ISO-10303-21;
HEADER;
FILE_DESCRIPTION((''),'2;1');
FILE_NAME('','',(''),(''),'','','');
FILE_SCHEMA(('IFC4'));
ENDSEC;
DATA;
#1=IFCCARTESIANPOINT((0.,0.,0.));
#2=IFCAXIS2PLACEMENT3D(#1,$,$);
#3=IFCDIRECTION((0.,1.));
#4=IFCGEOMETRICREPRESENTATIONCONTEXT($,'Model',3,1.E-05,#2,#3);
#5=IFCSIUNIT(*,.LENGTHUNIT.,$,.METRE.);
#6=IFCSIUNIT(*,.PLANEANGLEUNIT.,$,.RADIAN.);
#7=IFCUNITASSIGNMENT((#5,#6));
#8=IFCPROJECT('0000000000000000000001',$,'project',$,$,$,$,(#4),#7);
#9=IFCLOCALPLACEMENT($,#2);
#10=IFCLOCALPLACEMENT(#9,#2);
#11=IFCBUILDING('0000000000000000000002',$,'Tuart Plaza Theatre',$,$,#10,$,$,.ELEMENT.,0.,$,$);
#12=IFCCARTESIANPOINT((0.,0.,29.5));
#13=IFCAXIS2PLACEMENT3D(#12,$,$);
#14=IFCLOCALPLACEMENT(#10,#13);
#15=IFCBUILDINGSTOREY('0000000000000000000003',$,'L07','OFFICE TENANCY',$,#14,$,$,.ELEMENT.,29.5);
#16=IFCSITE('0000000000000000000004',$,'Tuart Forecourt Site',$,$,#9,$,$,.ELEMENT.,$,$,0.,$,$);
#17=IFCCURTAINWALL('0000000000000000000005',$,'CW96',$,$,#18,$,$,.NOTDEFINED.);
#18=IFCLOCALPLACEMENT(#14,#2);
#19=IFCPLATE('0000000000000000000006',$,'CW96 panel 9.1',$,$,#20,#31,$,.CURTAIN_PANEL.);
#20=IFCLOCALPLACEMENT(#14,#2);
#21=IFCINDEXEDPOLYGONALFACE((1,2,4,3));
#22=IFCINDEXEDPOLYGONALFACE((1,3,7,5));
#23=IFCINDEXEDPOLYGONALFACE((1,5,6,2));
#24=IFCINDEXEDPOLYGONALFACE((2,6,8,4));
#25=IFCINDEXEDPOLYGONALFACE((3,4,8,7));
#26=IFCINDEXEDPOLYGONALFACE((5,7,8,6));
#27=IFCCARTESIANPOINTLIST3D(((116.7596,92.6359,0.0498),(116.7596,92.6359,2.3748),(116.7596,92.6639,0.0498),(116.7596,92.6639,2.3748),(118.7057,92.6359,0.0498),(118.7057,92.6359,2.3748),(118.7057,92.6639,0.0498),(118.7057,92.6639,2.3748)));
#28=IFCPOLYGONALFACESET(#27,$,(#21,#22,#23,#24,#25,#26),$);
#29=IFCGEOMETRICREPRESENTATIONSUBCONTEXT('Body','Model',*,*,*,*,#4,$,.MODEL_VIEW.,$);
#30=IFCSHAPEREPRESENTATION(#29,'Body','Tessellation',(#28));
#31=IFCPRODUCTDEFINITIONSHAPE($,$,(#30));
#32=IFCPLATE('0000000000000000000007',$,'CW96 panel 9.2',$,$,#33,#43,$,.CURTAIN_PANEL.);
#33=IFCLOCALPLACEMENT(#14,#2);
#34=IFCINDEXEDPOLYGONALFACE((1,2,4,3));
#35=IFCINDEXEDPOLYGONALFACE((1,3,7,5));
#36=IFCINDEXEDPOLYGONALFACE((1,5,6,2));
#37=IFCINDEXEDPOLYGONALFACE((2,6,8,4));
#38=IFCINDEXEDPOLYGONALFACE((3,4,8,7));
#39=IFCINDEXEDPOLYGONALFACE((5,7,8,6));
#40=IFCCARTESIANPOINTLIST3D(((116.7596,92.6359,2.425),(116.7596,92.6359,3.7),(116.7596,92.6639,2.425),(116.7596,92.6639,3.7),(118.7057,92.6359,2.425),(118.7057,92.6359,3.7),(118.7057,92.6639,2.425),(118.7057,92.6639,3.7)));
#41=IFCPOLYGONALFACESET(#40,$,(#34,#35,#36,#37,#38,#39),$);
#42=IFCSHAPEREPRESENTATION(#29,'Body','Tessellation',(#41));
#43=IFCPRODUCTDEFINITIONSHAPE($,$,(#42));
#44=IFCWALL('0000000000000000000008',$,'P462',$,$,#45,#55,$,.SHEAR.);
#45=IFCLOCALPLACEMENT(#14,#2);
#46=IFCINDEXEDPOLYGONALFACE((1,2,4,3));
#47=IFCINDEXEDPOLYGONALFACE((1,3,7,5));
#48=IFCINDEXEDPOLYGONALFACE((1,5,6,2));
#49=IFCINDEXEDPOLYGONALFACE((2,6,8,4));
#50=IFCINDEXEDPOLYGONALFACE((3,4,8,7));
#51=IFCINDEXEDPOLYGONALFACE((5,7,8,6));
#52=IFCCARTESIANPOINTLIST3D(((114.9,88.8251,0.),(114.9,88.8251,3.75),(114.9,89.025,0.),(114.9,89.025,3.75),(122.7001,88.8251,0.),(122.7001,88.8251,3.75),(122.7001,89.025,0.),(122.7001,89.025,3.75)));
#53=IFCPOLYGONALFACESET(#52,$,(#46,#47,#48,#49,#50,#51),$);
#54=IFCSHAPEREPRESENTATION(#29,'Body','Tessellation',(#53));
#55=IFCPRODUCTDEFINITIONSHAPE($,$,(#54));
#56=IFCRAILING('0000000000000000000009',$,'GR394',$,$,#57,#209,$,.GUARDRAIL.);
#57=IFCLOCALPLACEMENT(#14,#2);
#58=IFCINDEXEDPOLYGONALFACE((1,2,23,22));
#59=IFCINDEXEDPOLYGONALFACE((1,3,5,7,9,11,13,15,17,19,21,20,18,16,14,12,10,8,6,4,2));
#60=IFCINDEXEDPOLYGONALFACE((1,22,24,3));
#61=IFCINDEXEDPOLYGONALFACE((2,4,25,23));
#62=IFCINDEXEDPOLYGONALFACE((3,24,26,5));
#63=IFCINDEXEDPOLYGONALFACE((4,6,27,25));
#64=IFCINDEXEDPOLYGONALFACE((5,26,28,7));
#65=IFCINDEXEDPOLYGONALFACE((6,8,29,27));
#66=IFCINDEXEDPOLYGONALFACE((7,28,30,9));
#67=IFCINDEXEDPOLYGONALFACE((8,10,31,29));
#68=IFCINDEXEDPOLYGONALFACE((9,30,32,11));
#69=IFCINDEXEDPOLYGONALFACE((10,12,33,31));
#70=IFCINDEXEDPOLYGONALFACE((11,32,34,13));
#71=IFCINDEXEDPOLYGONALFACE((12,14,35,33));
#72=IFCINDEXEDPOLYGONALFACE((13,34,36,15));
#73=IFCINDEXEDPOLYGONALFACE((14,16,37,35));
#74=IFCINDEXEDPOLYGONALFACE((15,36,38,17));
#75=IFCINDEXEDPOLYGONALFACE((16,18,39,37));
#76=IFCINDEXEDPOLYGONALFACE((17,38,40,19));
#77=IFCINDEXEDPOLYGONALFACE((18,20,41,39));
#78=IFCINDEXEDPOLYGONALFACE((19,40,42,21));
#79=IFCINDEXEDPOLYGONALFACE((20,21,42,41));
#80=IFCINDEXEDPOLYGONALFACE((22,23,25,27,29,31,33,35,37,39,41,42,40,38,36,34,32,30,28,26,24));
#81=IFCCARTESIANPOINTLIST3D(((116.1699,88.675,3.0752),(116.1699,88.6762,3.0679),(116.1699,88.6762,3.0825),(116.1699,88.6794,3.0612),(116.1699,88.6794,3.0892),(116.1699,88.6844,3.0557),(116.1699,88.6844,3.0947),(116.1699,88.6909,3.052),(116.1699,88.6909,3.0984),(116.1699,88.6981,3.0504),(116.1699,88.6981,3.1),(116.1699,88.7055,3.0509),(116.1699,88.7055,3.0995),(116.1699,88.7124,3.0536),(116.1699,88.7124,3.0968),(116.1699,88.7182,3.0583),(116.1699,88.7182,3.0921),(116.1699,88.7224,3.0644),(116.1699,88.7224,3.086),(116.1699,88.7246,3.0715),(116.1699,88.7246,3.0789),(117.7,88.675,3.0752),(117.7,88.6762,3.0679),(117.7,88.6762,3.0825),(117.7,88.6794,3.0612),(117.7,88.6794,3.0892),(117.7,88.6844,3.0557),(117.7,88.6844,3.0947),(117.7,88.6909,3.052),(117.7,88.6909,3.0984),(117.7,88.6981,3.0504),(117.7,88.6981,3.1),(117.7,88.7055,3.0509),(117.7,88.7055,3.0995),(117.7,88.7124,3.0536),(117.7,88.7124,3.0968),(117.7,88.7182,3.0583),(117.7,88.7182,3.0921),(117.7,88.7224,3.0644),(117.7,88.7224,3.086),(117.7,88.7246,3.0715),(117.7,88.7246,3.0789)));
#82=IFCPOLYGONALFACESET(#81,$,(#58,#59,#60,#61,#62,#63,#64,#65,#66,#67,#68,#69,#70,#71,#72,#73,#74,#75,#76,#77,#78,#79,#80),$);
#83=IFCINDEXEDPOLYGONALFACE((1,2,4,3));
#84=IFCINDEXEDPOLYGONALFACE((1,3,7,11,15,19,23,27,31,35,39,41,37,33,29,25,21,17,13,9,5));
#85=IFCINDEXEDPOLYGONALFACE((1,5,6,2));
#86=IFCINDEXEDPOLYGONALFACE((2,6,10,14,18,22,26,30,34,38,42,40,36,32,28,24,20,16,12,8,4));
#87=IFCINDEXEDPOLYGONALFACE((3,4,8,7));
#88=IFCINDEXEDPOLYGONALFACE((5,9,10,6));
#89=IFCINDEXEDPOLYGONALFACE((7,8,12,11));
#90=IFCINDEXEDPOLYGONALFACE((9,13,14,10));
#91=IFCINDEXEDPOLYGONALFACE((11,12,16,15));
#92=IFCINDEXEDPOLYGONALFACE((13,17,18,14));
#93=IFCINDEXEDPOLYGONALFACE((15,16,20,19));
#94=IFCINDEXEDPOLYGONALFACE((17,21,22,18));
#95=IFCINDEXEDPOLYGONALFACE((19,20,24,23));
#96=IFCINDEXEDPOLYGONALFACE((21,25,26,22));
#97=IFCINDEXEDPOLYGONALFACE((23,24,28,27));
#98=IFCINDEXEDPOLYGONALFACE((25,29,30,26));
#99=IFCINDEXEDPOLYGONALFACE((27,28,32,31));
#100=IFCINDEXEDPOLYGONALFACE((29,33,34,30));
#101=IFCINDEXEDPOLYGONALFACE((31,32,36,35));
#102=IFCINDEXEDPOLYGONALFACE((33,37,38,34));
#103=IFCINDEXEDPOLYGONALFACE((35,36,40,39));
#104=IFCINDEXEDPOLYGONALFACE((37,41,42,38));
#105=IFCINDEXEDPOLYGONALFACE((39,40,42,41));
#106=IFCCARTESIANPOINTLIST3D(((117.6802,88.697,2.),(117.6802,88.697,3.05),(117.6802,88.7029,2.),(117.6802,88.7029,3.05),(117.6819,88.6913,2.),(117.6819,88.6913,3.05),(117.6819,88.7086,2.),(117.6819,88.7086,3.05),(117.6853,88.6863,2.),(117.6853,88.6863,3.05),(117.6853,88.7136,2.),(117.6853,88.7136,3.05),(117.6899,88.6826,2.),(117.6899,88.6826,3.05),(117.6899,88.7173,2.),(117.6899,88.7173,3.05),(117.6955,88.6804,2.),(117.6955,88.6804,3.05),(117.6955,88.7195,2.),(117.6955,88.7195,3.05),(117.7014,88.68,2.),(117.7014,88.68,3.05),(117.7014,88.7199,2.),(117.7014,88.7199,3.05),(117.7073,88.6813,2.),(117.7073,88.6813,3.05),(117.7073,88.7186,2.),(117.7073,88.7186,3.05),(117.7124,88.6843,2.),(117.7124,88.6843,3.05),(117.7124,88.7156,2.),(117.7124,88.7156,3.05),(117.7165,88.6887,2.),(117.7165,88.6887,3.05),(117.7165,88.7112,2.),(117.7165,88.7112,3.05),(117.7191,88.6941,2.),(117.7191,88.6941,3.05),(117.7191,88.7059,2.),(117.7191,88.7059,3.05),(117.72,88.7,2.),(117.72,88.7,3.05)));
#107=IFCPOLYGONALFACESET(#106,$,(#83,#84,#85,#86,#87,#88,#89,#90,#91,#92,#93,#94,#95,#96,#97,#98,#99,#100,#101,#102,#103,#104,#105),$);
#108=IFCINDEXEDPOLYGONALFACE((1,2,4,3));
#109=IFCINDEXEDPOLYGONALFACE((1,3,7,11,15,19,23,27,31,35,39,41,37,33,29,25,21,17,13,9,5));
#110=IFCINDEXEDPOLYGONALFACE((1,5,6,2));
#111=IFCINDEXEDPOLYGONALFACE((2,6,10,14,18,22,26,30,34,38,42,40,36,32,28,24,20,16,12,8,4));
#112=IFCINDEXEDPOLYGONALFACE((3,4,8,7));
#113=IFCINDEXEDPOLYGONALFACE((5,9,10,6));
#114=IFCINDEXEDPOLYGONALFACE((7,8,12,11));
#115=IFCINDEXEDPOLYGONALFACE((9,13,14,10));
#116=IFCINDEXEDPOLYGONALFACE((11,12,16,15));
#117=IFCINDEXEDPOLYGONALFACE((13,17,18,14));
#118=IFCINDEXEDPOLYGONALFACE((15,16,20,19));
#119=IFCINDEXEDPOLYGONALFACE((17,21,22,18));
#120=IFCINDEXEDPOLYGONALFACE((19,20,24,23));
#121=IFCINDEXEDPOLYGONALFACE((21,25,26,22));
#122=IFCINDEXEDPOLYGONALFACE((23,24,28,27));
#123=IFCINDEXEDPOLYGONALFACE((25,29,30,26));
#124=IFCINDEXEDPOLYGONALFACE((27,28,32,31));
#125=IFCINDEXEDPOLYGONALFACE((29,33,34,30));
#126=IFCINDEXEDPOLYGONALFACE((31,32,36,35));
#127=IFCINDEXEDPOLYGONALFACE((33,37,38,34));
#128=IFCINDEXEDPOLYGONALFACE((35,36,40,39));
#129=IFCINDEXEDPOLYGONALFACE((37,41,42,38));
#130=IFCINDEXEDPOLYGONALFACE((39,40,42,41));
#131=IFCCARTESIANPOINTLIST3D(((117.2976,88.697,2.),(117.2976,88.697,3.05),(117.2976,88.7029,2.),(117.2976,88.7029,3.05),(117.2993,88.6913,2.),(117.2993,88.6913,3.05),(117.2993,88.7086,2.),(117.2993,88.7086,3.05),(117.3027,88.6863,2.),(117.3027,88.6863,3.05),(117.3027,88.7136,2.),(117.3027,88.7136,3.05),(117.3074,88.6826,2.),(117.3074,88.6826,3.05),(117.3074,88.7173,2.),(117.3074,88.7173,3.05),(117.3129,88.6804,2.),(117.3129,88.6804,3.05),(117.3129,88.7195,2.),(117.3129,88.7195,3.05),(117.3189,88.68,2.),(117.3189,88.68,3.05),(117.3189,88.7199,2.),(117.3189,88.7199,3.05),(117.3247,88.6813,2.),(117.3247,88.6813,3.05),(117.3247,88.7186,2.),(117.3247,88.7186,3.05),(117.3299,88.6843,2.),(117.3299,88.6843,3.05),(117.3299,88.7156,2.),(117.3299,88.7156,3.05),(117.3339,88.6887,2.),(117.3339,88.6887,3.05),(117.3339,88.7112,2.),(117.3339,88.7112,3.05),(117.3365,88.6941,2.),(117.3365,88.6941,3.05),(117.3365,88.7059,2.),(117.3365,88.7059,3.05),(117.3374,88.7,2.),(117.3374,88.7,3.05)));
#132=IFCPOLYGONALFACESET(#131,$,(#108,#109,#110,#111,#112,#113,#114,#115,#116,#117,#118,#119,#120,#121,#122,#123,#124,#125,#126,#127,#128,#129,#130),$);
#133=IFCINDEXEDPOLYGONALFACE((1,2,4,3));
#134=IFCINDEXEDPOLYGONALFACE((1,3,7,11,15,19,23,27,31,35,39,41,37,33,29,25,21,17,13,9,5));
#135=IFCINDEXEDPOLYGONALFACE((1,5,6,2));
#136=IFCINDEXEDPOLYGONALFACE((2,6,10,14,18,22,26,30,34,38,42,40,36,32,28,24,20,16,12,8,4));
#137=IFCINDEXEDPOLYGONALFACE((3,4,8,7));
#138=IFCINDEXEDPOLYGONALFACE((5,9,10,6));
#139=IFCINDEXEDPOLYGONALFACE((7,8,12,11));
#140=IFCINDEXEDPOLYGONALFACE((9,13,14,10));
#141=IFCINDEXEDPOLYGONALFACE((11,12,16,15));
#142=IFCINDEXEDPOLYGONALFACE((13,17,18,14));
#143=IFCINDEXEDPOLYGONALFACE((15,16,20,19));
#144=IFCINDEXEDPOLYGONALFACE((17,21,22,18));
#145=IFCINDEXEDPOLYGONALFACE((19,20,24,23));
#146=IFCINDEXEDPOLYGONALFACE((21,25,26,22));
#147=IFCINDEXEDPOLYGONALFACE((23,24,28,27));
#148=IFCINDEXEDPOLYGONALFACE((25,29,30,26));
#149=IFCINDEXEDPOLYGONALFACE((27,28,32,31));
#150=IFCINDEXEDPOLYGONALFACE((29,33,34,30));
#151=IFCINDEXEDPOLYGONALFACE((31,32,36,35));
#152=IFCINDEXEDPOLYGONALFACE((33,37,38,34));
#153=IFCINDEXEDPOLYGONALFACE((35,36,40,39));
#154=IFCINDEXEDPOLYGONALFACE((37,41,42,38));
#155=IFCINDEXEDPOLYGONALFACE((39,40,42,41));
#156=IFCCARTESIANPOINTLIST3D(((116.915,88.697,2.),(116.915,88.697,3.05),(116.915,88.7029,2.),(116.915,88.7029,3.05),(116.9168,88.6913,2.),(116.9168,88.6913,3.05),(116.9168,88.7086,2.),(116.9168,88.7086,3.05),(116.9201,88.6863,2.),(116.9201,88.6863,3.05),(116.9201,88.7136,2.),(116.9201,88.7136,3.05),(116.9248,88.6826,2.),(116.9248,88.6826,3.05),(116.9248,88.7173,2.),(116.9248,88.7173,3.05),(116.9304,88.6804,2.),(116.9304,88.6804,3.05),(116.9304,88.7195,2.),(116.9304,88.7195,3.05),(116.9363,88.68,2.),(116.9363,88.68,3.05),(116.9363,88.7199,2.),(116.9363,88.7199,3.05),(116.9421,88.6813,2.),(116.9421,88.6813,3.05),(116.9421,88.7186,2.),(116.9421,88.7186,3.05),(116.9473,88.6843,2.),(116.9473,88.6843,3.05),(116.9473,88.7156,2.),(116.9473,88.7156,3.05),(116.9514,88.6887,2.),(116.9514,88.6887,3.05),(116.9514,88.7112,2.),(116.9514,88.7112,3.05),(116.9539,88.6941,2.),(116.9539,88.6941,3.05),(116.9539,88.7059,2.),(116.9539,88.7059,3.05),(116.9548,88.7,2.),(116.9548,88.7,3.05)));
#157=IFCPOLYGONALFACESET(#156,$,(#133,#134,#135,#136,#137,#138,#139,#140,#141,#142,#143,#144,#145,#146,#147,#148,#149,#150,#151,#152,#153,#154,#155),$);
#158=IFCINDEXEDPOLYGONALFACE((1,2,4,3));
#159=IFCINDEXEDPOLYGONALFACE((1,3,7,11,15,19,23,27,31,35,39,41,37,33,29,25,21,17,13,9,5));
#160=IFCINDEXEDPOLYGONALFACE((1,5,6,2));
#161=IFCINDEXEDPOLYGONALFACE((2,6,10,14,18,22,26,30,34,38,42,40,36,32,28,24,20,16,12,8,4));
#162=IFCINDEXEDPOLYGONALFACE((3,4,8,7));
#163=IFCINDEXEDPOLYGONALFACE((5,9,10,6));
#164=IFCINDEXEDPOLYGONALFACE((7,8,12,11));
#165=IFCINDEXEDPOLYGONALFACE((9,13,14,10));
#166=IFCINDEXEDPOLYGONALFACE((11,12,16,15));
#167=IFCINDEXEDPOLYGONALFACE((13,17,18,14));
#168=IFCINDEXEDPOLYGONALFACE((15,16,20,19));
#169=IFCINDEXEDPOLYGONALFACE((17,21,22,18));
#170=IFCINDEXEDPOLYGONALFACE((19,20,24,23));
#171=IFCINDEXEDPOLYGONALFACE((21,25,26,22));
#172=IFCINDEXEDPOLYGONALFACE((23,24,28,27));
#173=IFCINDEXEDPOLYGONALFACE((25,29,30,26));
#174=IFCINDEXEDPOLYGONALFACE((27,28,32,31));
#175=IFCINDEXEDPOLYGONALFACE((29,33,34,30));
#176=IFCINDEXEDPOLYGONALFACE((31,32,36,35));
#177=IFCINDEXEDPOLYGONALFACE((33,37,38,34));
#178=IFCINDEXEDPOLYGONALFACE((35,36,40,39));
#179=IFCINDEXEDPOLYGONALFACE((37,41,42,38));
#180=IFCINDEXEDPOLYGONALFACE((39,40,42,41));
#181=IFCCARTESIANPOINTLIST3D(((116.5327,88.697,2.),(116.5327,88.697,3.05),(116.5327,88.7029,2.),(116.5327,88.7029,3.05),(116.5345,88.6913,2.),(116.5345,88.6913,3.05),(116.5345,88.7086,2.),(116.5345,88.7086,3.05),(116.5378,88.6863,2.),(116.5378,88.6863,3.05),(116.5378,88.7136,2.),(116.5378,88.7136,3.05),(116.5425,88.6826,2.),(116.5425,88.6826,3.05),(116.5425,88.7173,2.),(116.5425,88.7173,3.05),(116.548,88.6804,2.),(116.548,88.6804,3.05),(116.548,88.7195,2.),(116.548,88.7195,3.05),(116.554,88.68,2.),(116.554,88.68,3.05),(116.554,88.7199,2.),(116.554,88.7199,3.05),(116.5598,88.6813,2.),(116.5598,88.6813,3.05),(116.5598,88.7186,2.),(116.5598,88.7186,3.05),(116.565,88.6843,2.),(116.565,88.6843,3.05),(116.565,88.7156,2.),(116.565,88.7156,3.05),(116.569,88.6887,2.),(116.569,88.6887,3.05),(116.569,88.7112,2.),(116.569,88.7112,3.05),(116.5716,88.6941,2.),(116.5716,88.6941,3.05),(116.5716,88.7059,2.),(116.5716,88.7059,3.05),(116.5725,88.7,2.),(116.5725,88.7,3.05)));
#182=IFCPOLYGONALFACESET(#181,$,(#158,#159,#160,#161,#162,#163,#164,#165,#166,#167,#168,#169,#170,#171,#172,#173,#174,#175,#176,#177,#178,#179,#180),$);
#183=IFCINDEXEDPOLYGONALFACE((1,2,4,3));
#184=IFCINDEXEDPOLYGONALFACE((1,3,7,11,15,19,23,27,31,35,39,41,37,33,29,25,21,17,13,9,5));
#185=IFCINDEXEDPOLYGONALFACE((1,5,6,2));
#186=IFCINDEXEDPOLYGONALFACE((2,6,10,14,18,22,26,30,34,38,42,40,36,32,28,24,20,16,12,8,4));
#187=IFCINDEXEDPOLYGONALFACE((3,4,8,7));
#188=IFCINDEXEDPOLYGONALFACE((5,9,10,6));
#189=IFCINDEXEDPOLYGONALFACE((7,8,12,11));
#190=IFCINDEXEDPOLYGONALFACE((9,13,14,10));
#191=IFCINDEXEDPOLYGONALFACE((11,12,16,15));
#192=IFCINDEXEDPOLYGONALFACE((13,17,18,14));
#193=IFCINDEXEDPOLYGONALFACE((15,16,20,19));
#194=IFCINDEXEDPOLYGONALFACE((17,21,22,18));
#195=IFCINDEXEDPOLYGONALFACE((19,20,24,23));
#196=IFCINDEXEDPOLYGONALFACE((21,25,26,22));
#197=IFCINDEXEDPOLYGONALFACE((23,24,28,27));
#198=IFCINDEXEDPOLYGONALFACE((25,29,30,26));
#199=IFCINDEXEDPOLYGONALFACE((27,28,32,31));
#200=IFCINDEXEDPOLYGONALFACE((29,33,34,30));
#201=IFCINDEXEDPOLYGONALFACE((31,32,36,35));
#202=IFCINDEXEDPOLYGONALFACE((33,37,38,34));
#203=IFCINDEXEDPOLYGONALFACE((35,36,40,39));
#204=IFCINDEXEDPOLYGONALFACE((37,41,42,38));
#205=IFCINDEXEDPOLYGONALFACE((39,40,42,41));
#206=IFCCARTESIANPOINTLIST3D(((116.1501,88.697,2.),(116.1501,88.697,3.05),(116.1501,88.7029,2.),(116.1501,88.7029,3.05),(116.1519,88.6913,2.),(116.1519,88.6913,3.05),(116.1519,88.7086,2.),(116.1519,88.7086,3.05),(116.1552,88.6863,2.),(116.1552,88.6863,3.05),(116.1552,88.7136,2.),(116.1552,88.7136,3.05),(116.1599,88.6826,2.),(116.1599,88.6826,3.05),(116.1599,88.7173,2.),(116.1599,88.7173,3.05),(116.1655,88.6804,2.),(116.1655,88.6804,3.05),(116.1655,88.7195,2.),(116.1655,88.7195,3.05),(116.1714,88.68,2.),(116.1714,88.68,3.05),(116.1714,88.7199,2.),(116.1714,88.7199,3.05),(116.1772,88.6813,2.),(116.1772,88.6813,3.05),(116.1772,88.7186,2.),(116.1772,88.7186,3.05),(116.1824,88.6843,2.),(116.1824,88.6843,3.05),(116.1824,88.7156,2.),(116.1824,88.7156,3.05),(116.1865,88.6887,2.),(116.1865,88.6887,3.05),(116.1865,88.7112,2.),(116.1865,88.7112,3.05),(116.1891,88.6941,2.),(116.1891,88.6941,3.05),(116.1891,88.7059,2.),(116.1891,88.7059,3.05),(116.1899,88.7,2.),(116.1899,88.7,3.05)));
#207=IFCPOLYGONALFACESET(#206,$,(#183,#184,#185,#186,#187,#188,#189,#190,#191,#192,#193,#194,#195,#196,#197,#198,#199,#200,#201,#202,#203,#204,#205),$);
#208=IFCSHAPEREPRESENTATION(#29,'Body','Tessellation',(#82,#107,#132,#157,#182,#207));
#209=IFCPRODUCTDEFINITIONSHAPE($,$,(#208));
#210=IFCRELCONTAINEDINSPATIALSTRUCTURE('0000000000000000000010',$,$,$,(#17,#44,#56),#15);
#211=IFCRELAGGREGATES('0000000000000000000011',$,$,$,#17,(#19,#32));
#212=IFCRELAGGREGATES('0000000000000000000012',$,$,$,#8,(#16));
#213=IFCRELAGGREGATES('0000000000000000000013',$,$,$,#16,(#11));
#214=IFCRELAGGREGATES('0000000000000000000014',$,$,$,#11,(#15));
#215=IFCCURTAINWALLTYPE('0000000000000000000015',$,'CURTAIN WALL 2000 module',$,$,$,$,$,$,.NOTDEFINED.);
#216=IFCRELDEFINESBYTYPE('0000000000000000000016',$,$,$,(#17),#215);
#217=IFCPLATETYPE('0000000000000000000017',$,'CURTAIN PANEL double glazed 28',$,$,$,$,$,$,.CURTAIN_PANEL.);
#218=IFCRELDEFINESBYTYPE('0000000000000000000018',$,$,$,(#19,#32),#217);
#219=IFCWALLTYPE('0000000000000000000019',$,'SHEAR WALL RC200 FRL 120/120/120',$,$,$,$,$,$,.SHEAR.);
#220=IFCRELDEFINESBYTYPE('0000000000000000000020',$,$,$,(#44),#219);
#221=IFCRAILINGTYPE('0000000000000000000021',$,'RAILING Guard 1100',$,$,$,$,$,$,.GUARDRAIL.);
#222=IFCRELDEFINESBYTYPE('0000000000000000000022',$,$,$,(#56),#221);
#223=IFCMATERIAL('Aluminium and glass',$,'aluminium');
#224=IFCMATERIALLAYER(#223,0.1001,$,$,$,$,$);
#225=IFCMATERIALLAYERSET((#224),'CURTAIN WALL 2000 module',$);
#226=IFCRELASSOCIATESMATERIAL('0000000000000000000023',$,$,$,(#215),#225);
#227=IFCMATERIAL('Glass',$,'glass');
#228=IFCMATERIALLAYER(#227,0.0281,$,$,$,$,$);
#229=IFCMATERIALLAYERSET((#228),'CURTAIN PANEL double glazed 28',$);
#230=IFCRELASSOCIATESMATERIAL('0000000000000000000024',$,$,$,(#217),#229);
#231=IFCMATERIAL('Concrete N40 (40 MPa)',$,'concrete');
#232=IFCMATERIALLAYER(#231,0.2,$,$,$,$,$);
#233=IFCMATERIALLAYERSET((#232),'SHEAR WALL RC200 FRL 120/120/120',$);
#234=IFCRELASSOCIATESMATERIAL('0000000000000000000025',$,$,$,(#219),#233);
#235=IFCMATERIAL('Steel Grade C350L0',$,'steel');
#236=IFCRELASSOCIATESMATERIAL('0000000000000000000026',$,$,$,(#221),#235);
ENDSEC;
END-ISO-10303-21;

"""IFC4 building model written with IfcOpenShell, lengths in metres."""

from ifc_helpers import new_model, si_unit, direction, frame, frame_2d, origin, origin_2d, place, context, subcontext, project, spatial, rectangle, circle, extrude, material, layer, layer_set, type_object, element, aggregate, save


model = new_model("IFC4")

# Units and contexts
model_context = context("Model", 3, precision=1e-05, world=origin(), true_north=direction((0.0, 1.0)))
body_context = subcontext(model_context, "Body", "Model", "MODEL_VIEW")
ifc_project = project(units=[si_unit("LENGTHUNIT", "METRE"), si_unit("PLANEANGLEUNIT", "RADIAN")], contexts=[model_context])

# Site, building, storey
site_placement = place(None, origin())
site = spatial("IfcSite", under=ifc_project, at=site_placement, Name="Tuart Forecourt Site", CompositionType="ELEMENT", RefElevation=0.0)
building_placement = place(site_placement, origin())
building = spatial("IfcBuilding", under=site, at=building_placement, Name="Tuart Plaza Theatre", CompositionType="ELEMENT", ElevationOfRefHeight=0.0)
storey_placement = place(building_placement, frame((0.0, 0.0, 29.5)))
storey = spatial("IfcBuildingStorey", under=building, at=storey_placement, Name="L07", Description="OFFICE TENANCY", CompositionType="ELEMENT", Elevation=29.5)

# Curtain wall, plates
ifc_material_1 = material(Name="Aluminium and glass", Category="aluminium")
ifc_layer_1 = layer(ifc_material_1, 0.1001)
ifc_layer_set_1 = layer_set([ifc_layer_1], Name="CURTAIN WALL 2000 module")
curtain_wall_type = type_object("IfcCurtainWallType", Name="CURTAIN WALL 2000 module", PredefinedType="NOTDEFINED", material=ifc_layer_set_1)
curtain_wall_placement = place(storey_placement, origin())
curtain_wall = element("IfcCurtainWall", 1, at=curtain_wall_placement, inside=storey, type_object=curtain_wall_type, Name="CW96", PredefinedType="NOTDEFINED")
ifc_material_2 = material(Name="Glass", Category="glass")
ifc_layer_2 = layer(ifc_material_2, 0.0281)
ifc_layer_set_2 = layer_set([ifc_layer_2], Name="CURTAIN PANEL double glazed 28")
plate_type = type_object("IfcPlateType", Name="CURTAIN PANEL double glazed 28", PredefinedType="CURTAIN_PANEL", material=ifc_layer_set_2)
plate_1_placement = place(storey_placement, frame((117.7327, 92.6499, 0.0498), z_axis=(0.0, 0.0, 1.0), x_axis=(-1.0, 0.0, 0.0)))
plate_1 = element("IfcPlate", 2, at=plate_1_placement, type_object=plate_type, Name="CW96 panel 9.1", PredefinedType="CURTAIN_PANEL", context=body_context, shape_type="SweptSolid", body=[
    extrude(rectangle(XDim=1.946, YDim=0.0281, at=origin_2d()), origin(), (0.0, 0.0, 1.0), 2.325),
])
plate_2_placement = place(storey_placement, frame((117.7327, 92.6499, 2.425), z_axis=(0.0, 0.0, 1.0), x_axis=(-1.0, 0.0, 0.0)))
plate_2 = element("IfcPlate", 3, at=plate_2_placement, type_object=plate_type, Name="CW96 panel 9.2", PredefinedType="CURTAIN_PANEL", context=body_context, shape_type="SweptSolid", body=[
    extrude(rectangle(XDim=1.946, YDim=0.0281, at=origin_2d()), origin(), (0.0, 0.0, 1.0), 1.2749),
])
aggregate(curtain_wall, [plate_1, plate_2])

# Wall
ifc_material_3 = material(Name="Concrete N40 (40 MPa)", Category="concrete")
ifc_layer_3 = layer(ifc_material_3, 0.2)
ifc_layer_set_3 = layer_set([ifc_layer_3], Name="SHEAR WALL RC200 FRL 120/120/120")
wall_type = type_object("IfcWallType", Name="SHEAR WALL RC200 FRL 120/120/120", PredefinedType="SHEAR", material=ifc_layer_set_3)
wall_placement = place(storey_placement, frame((122.7, 88.925, 0.0), z_axis=(0.0, 0.0, 1.0), x_axis=(-1.0, 0.0, 0.0)))
element("IfcWall", 4, at=wall_placement, inside=storey, type_object=wall_type, Name="P462", PredefinedType="SHEAR", context=body_context, shape_type="SweptSolid", body=[
    extrude(rectangle(XDim=7.8, YDim=0.2, at=frame_2d((3.8999, 0.0))), origin(), (0.0, 0.0, 1.0), 3.75),
])

# Railing
ifc_material_4 = material(Name="Steel Grade C350L0", Category="steel")
railing_type = type_object("IfcRailingType", Name="RAILING Guard 1100", PredefinedType="GUARDRAIL", material=ifc_material_4)
railing_1_placement = place(storey_placement, frame((117.7, 88.7, 2.0)))
element("IfcRailing", 5, at=railing_1_placement, inside=storey, type_object=railing_type, Name="GR394", PredefinedType="GUARDRAIL", context=body_context, shape_type="SweptSolid", body=[
    extrude(circle(Radius=0.0249, at=origin_2d()), frame((0.0, 0.0, 1.0752), z_axis=(-1.0, 0.0, 0.0), x_axis=(0.0, -1.0, 0.0)), (0.0, 0.0, 1.0), 1.53),
    extrude(circle(Radius=0.02, at=origin_2d()), origin(), (0.0, 0.0, 1.0), 1.05),
    extrude(circle(Radius=0.02, at=origin_2d()), frame((-0.3826, 0.0, 0.0)), (0.0, 0.0, 1.0), 1.05),
    extrude(circle(Radius=0.02, at=origin_2d()), frame((-0.7651, 0.0, 0.0)), (0.0, 0.0, 1.0), 1.05),
    extrude(circle(Radius=0.02, at=origin_2d()), frame((-1.1475, 0.0, 0.0)), (0.0, 0.0, 1.0), 1.05),
    extrude(circle(Radius=0.02, at=origin_2d()), frame((-1.53, 0.0, 0.0)), (0.0, 0.0, 1.0), 1.05),
])

save(model, "model.ifc")
